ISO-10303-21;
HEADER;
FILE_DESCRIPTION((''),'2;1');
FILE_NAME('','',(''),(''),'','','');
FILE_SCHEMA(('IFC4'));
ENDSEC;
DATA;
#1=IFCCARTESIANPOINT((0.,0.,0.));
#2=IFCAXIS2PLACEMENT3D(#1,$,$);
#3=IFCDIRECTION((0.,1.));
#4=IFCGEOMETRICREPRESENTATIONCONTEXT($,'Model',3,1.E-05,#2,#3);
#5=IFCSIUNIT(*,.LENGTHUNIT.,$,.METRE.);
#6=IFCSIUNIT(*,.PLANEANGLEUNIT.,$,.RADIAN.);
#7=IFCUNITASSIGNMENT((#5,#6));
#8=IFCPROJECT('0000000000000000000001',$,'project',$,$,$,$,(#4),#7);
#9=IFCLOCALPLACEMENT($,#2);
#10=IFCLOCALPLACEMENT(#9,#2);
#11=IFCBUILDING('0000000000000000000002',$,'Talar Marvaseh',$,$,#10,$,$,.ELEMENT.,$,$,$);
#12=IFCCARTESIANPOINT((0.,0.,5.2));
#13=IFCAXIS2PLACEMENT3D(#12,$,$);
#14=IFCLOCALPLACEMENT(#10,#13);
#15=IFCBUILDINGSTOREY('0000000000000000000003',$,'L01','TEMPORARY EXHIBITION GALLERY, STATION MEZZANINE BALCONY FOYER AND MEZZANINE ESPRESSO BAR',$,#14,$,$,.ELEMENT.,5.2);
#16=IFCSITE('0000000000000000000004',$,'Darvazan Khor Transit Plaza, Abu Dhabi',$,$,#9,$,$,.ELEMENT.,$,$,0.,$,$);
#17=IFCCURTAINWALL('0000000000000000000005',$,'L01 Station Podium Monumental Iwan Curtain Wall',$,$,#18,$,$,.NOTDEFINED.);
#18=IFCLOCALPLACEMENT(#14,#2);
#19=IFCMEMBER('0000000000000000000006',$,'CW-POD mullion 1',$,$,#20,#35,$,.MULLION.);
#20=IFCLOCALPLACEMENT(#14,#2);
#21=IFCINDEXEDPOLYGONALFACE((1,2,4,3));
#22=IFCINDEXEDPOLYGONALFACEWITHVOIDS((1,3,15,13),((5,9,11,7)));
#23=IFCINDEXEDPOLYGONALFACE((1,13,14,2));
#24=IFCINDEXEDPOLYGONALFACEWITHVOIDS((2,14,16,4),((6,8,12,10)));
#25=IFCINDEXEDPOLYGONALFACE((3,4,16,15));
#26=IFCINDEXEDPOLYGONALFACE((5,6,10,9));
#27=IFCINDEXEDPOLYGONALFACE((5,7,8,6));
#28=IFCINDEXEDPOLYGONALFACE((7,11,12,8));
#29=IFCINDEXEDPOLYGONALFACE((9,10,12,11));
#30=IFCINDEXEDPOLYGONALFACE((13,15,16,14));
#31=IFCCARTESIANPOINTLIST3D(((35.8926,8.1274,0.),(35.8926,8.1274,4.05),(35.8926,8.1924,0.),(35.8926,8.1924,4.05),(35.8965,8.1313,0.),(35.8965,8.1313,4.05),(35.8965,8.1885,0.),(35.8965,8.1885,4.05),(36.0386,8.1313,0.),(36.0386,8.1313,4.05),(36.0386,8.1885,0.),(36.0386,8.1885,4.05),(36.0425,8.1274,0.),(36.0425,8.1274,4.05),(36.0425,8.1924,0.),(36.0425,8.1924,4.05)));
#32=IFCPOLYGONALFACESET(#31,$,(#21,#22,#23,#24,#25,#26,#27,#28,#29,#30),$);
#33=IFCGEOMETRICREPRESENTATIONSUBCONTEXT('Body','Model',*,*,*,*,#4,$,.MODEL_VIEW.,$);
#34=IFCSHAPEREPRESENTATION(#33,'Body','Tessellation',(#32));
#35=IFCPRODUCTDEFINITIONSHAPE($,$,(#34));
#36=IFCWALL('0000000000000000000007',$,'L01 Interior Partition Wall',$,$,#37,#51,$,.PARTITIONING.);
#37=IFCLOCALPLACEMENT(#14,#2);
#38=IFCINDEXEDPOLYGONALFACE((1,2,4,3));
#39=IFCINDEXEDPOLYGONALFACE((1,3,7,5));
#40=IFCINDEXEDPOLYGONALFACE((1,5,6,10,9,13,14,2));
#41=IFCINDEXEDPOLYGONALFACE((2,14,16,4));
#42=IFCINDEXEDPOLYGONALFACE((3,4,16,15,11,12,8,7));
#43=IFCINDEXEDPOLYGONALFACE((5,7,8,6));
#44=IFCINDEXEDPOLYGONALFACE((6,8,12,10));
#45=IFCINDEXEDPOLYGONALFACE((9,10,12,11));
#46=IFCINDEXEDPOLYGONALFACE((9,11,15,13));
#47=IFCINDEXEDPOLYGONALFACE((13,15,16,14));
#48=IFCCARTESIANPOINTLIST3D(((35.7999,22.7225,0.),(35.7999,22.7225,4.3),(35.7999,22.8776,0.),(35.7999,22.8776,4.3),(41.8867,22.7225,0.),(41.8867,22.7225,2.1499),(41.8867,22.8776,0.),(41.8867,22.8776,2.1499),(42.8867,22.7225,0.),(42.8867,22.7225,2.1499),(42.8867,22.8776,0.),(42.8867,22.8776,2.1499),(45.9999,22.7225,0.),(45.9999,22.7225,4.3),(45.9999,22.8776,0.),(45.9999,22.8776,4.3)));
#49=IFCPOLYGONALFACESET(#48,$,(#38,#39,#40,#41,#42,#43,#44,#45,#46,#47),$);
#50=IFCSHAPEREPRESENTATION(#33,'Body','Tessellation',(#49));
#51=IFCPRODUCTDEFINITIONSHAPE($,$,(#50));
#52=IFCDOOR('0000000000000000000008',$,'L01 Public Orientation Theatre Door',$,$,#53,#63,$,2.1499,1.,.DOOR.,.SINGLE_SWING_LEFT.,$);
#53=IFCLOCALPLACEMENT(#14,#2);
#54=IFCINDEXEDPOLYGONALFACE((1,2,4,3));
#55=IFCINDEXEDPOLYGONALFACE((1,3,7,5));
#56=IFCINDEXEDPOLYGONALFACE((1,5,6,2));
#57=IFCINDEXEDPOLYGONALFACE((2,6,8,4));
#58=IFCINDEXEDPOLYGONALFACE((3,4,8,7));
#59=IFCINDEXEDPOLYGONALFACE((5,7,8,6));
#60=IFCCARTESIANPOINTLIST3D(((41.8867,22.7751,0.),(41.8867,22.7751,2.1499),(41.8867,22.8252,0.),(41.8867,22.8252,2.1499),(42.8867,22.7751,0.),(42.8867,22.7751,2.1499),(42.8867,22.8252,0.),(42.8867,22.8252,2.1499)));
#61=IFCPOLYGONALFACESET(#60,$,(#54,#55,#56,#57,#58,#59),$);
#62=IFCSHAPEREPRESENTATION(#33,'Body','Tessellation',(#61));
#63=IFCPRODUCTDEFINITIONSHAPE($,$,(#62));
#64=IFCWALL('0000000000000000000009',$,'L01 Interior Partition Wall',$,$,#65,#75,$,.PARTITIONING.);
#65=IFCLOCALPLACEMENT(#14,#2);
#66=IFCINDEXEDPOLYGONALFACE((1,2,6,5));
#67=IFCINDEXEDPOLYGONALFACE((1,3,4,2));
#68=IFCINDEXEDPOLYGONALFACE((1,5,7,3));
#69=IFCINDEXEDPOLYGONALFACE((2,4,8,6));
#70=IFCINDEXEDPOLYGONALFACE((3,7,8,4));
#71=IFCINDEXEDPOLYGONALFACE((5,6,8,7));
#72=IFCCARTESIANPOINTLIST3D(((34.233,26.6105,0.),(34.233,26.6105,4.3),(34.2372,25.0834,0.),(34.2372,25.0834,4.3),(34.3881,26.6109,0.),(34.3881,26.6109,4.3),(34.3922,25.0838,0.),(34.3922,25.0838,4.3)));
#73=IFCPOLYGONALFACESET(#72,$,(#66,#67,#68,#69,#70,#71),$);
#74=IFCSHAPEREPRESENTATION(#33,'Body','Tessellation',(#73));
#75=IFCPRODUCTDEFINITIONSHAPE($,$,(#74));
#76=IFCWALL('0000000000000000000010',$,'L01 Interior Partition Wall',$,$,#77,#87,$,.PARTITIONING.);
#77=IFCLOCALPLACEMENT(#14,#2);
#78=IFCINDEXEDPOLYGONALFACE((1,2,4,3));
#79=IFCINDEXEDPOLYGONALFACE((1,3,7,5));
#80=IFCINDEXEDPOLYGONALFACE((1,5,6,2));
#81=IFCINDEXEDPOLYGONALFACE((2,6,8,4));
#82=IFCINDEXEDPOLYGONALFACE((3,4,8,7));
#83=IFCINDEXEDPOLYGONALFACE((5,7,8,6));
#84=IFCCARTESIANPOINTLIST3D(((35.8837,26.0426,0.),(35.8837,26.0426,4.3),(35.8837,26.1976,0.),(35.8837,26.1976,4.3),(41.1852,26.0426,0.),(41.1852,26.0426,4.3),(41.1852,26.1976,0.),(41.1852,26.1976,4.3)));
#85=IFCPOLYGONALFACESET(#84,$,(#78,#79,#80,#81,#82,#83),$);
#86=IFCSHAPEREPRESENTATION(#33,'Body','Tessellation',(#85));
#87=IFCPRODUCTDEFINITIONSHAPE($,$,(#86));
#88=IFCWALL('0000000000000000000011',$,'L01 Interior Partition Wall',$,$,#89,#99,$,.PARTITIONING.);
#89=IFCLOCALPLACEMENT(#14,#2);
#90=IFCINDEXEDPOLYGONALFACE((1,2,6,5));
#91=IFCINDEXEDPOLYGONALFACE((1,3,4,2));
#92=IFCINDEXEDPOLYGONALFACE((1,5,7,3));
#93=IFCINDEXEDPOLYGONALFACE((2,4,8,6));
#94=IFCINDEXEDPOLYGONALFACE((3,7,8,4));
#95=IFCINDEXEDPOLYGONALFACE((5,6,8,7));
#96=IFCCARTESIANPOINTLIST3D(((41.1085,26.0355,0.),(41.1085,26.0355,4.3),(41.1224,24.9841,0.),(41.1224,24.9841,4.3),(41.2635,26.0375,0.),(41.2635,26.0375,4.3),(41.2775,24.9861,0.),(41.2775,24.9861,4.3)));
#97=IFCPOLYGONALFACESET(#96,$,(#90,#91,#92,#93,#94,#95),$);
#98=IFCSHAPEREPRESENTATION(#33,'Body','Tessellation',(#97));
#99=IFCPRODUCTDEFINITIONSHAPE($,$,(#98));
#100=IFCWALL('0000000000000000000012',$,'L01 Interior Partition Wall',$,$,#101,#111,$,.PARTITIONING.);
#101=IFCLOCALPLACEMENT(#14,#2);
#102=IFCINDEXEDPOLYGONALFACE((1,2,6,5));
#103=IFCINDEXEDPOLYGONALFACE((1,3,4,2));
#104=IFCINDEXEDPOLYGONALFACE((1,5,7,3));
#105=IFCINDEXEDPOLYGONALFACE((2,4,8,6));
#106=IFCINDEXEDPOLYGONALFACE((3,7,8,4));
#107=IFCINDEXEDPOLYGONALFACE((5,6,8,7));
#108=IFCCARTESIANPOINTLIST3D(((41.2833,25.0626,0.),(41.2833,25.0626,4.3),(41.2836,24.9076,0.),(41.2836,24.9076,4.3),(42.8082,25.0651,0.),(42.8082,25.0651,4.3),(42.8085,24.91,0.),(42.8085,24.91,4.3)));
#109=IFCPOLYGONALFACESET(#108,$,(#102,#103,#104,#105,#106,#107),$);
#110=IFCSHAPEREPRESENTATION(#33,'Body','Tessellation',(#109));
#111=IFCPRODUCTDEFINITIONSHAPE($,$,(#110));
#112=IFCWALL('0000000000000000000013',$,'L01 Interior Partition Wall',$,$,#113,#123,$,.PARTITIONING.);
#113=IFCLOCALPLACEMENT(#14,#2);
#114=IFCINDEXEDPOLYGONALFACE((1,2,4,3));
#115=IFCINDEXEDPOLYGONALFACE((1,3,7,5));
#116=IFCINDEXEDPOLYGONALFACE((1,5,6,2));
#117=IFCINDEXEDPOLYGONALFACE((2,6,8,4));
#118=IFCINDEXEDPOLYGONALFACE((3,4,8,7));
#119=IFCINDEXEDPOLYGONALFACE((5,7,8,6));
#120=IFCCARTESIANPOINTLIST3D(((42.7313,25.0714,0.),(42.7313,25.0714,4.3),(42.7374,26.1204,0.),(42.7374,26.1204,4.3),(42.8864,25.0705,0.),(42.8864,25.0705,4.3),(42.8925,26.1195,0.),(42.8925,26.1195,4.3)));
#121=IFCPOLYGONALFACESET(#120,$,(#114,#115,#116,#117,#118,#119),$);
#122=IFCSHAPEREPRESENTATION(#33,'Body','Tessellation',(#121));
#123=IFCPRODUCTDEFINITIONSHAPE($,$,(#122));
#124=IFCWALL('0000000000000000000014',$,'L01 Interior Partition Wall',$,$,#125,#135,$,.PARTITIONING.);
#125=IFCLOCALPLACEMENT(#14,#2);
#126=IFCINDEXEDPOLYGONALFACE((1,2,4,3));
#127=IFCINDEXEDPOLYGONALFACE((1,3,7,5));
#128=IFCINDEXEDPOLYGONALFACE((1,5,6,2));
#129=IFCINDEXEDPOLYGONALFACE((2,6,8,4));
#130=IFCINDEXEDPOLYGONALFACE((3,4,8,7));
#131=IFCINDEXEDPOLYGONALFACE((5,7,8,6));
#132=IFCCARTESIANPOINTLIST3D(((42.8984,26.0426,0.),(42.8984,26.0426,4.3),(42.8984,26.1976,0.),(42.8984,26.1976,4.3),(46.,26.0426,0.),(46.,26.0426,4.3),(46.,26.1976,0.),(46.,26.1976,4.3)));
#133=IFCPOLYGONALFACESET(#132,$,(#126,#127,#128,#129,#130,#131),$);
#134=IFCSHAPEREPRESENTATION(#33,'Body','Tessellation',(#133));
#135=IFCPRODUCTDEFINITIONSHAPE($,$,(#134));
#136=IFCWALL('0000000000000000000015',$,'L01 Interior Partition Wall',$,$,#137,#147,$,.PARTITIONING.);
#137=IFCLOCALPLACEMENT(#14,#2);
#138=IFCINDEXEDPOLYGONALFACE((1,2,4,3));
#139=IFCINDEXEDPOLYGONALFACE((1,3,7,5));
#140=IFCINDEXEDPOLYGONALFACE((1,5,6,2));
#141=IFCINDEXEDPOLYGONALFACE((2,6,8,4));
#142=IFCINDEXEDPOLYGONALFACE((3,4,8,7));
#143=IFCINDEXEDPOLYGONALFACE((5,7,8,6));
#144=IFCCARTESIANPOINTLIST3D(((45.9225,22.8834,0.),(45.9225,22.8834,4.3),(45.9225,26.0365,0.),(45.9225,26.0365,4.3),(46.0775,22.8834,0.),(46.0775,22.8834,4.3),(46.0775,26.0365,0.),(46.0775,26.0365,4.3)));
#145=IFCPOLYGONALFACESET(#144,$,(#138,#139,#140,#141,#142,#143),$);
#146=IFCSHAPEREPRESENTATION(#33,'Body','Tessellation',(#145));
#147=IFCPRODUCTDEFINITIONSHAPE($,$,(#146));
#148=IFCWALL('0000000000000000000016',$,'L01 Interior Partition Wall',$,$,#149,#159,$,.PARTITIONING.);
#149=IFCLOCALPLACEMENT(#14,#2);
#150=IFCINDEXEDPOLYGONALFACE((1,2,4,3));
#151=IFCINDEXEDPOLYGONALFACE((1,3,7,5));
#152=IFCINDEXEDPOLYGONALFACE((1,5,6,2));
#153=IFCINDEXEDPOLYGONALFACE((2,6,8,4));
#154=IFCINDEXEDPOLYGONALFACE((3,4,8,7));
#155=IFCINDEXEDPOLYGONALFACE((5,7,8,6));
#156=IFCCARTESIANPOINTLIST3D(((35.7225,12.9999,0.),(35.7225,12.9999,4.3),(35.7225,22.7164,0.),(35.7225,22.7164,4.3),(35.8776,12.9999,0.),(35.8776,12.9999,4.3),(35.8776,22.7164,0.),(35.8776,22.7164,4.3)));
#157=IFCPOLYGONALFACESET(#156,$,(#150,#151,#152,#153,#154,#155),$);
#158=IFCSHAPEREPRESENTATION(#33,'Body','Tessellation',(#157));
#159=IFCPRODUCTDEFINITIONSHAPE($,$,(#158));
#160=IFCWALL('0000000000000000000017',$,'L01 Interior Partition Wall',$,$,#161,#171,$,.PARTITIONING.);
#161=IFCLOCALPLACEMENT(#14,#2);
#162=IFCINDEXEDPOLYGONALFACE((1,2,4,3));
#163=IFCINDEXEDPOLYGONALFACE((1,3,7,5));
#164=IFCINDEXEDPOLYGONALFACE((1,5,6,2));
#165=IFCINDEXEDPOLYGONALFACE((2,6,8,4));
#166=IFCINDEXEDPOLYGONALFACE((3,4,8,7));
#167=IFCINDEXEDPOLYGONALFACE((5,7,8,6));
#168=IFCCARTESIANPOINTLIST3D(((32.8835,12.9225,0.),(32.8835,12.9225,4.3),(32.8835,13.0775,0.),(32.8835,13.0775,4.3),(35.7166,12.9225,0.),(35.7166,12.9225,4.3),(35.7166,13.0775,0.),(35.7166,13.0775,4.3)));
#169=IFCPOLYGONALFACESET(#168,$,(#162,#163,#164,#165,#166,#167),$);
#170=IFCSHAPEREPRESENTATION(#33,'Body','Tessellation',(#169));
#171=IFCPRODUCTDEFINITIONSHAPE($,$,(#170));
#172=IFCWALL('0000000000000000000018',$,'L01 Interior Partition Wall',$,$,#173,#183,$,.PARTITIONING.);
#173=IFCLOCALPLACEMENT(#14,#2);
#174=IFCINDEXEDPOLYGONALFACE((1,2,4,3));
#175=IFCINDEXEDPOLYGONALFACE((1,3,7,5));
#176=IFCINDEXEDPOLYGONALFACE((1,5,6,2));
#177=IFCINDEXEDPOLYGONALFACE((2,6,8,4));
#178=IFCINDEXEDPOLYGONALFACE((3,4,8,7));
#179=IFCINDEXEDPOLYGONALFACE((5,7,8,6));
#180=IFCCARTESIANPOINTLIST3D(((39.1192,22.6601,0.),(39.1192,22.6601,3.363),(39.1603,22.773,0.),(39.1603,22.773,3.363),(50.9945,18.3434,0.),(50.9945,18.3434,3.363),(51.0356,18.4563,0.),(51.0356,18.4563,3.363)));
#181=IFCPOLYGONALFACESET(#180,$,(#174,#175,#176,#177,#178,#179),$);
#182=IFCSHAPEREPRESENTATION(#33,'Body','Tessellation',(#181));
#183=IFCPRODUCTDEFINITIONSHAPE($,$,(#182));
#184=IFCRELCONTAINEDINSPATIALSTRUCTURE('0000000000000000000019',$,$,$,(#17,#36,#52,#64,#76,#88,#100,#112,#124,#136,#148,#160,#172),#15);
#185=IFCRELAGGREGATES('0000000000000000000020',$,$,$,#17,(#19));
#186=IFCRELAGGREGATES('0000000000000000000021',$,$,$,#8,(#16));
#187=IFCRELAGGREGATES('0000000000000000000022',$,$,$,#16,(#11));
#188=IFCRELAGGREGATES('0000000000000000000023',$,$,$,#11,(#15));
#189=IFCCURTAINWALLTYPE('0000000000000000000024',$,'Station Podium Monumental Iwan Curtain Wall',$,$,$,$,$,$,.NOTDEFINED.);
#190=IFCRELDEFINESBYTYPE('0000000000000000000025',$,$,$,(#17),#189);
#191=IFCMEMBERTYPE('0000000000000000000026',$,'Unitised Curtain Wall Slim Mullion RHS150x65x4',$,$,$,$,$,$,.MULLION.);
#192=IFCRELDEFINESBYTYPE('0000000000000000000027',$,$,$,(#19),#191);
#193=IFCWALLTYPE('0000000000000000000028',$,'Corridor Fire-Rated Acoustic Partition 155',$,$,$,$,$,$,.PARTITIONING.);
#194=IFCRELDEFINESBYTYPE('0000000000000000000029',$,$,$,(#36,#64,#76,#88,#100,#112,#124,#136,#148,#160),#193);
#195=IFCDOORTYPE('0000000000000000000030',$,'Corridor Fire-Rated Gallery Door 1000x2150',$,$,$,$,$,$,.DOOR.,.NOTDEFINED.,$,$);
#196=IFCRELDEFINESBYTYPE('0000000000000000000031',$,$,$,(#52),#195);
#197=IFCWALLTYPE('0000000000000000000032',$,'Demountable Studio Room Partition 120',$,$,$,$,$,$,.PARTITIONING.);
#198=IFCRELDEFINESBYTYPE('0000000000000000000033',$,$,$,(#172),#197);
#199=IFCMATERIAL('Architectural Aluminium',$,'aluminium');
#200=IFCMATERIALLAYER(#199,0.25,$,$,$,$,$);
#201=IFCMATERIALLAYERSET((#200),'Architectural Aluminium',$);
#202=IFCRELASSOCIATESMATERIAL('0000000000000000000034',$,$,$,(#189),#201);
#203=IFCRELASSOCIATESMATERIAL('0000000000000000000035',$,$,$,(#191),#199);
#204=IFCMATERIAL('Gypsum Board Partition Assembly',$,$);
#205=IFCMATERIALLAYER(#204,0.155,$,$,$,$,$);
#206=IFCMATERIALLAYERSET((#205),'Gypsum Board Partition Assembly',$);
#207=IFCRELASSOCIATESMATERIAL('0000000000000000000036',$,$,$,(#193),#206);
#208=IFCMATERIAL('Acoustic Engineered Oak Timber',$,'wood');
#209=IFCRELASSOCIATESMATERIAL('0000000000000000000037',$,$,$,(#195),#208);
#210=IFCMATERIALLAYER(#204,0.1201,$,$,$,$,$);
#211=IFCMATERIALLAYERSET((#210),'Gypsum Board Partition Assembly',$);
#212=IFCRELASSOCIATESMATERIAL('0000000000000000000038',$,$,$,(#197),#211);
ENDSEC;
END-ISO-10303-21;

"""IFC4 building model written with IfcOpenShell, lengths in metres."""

from ifc_helpers import new_model, si_unit, direction, frame, frame_2d, origin, origin_2d, place, context, subcontext, project, spatial, rectangle, hollow_rectangle, extrude, source, transform, mapped, material, layer, layer_set, material_profile, profile_set, type_object, type_shapes, element, fill, aggregate, save


model = new_model("IFC4")

# Units and contexts
model_context = context("Model", 3, precision=1e-05, world=origin(), true_north=direction((0.0, 1.0)))
body_context = subcontext(model_context, "Body", "Model", "MODEL_VIEW")
ifc_project = project(units=[si_unit("LENGTHUNIT", "METRE"), si_unit("PLANEANGLEUNIT", "RADIAN")], contexts=[model_context])

# Site, building, storey
site_placement = place(None, origin())
site = spatial("IfcSite", under=ifc_project, at=site_placement, Name="Darvazan Khor Transit Plaza, Abu Dhabi", CompositionType="ELEMENT", RefElevation=0.0)
building_placement = place(site_placement, origin())
building = spatial("IfcBuilding", under=site, at=building_placement, Name="Talar Marvaseh", CompositionType="ELEMENT")
storey_placement = place(building_placement, frame((0.0, 0.0, 5.2)))
storey = spatial("IfcBuildingStorey", under=building, at=storey_placement, Name="L01", Description="TEMPORARY EXHIBITION GALLERY, STATION MEZZANINE BALCONY FOYER AND MEZZANINE ESPRESSO BAR", CompositionType="ELEMENT", Elevation=5.2)

# Curtain wall, member
ifc_material_1 = material(Name="Architectural Aluminium", Category="aluminium")
ifc_layer_1 = layer(ifc_material_1, 0.25)
ifc_layer_set_1 = layer_set([ifc_layer_1], Name="Architectural Aluminium")
curtain_wall_type = type_object("IfcCurtainWallType", Name="Station Podium Monumental Iwan Curtain Wall", PredefinedType="NOTDEFINED", material=ifc_layer_set_1)
curtain_wall_placement = place(storey_placement, origin())
curtain_wall = element("IfcCurtainWall", 1, at=curtain_wall_placement, inside=storey, type_object=curtain_wall_type, Name="L01 Station Podium Monumental Iwan Curtain Wall", PredefinedType="NOTDEFINED")
ifc_material_profile_1 = material_profile(ifc_material_1, hollow_rectangle(XDim=0.0649, YDim=0.1499, WallThickness=0.0039, at=origin_2d()), Name="RHS150x65x4")
ifc_profile_set_1 = profile_set([ifc_material_profile_1], Name="Architectural Aluminium")
member_type_1 = type_object("IfcMemberType", Name="Unitised Curtain Wall Slim Mullion RHS150x65x4", PredefinedType="MULLION", material=ifc_profile_set_1)
shared_shape_1 = source(origin(), body_context, "Body", "SweptSolid", [
    extrude(hollow_rectangle(XDim=0.0649, YDim=0.1499, WallThickness=0.0039, at=origin_2d()), origin(), (0.0, 0.0, 1.0), 4.05),
])
type_shapes(member_type_1, [shared_shape_1])
member_1_placement = place(storey_placement, frame((35.9675, 8.1599, 0.0), z_axis=(0.0, 0.0, 1.0), x_axis=(0.0, -1.0, 0.0)))
member_1 = element("IfcMember", 2, at=member_1_placement, type_object=member_type_1, Name="CW-POD mullion 1", PredefinedType="MULLION", context=body_context, shape_type="MappedRepresentation", body=[
    mapped(shared_shape_1, transform((0.0, 0.0, 0.0), x_axis=(1.0, 0.0, 0.0), y_axis=(0.0, 1.0, 0.0), z_axis=(0.0, 0.0, 1.0), scale=1.0)),
])
aggregate(curtain_wall, [member_1])

# Wall, opening, door
ifc_material_2 = material(Name="Gypsum Board Partition Assembly")
ifc_layer_2 = layer(ifc_material_2, 0.155)
ifc_layer_set_2 = layer_set([ifc_layer_2], Name="Gypsum Board Partition Assembly")
wall_type_1 = type_object("IfcWallType", Name="Corridor Fire-Rated Acoustic Partition 155", PredefinedType="PARTITIONING", material=ifc_layer_set_2)
wall_1_placement = place(storey_placement, frame((46.0, 22.8, 0.0), z_axis=(0.0, 0.0, 1.0), x_axis=(-1.0, 0.0, 0.0)))
wall_1 = element("IfcWall", 3, at=wall_1_placement, inside=storey, type_object=wall_type_1, Name="L01 Interior Partition Wall", PredefinedType="PARTITIONING", context=body_context, shape_type="SweptSolid", body=[
    extrude(rectangle(XDim=10.2, YDim=0.155, at=frame_2d((5.1001, 0.0))), origin(), (0.0, 0.0, 1.0), 4.3),
])
opening_placement = place(wall_1_placement, frame((3.1133, 0.0, 0.0)))
opening = element("IfcOpeningElement", 4, at=opening_placement, cuts=wall_1, PredefinedType="OPENING", context=body_context, shape_type="SweptSolid", body=[
    extrude(rectangle(XDim=1.0, YDim=2.1499, at=frame_2d((0.5, 1.075))), frame((0.0, 0.0874, 0.0), z_axis=(0.0, -1.0, 0.0), x_axis=(1.0, 0.0, 0.0)), (0.0, 0.0, 1.0), 0.175),
])
ifc_material_3 = material(Name="Acoustic Engineered Oak Timber", Category="wood")
door_type = type_object("IfcDoorType", Name="Corridor Fire-Rated Gallery Door 1000x2150", OperationType="NOTDEFINED", PredefinedType="DOOR", material=ifc_material_3)
shared_shape_2 = source(origin(), body_context, "Body", "SweptSolid", [
    extrude(rectangle(XDim=1.0, YDim=2.1499, at=frame_2d((0.5, 1.075))), frame((0.0, 0.0249, 0.0), z_axis=(0.0, -1.0, 0.0), x_axis=(1.0, 0.0, 0.0)), (0.0, 0.0, 1.0), 0.05),
])
type_shapes(door_type, [shared_shape_2])
door_placement = place(opening_placement, origin())
door = element("IfcDoor", 5, at=door_placement, inside=storey, type_object=door_type, Name="L01 Public Orientation Theatre Door", OperationType="SINGLE_SWING_LEFT", OverallHeight=2.1499, OverallWidth=1.0, PredefinedType="DOOR", context=body_context, shape_type="MappedRepresentation", body=[
    mapped(shared_shape_2, transform((0.0, 0.0, 0.0), x_axis=(1.0, 0.0, 0.0), y_axis=(0.0, 1.0, 0.0), z_axis=(0.0, 0.0, 1.0), scale=1.0)),
])
fill(opening, door)

# Walls
wall_2_placement = place(storey_placement, frame((34.3147, 25.0835, 0.0), z_axis=(0.0, 0.0, 1.0), x_axis=(-0.002718, 0.999996, 0.0)))
element("IfcWall", 6, at=wall_2_placement, inside=storey, type_object=wall_type_1, Name="L01 Interior Partition Wall", PredefinedType="PARTITIONING", context=body_context, shape_type="SweptSolid", body=[
    extrude(rectangle(XDim=1.5271, YDim=0.155, at=frame_2d((0.7637, 0.0))), origin(), (0.0, 0.0, 1.0), 4.3),
])
wall_3_placement = place(storey_placement, frame((35.8835, 26.1201, 0.0), z_axis=(0.0, 0.0, 1.0), x_axis=(1.0, 0.0, 0.0)))
element("IfcWall", 7, at=wall_3_placement, inside=storey, type_object=wall_type_1, Name="L01 Interior Partition Wall", PredefinedType="PARTITIONING", context=body_context, shape_type="SweptSolid", body=[
    extrude(rectangle(XDim=5.3015, YDim=0.155, at=frame_2d((2.6509, 0.0))), origin(), (0.0, 0.0, 1.0), 4.3),
])
wall_4_placement = place(storey_placement, frame((41.186, 26.0366, 0.0), z_axis=(0.0, 0.0, 1.0), x_axis=(0.013233, -0.999912, 0.0)))
element("IfcWall", 8, at=wall_4_placement, inside=storey, type_object=wall_type_1, Name="L01 Interior Partition Wall", PredefinedType="PARTITIONING", context=body_context, shape_type="SweptSolid", body=[
    extrude(rectangle(XDim=1.0515, YDim=0.155, at=frame_2d((0.5259, 0.0))), origin(), (0.0, 0.0, 1.0), 4.3),
])
wall_5_placement = place(storey_placement, frame((41.2834, 24.9851, 0.0), z_axis=(0.0, 0.0, 1.0), x_axis=(0.999999, 0.001601, 0.0)))
element("IfcWall", 9, at=wall_5_placement, inside=storey, type_object=wall_type_1, Name="L01 Interior Partition Wall", PredefinedType="PARTITIONING", context=body_context, shape_type="SweptSolid", body=[
    extrude(rectangle(XDim=1.5249, YDim=0.155, at=frame_2d((0.7625, 0.0))), origin(), (0.0, 0.0, 1.0), 4.3),
])
wall_6_placement = place(storey_placement, frame((42.8088, 25.071, 0.0), z_axis=(0.0, 0.0, 1.0), x_axis=(0.005818, 0.999983, 0.0)))
element("IfcWall", 10, at=wall_6_placement, inside=storey, type_object=wall_type_1, Name="L01 Interior Partition Wall", PredefinedType="PARTITIONING", context=body_context, shape_type="SweptSolid", body=[
    extrude(rectangle(XDim=1.0491, YDim=0.155, at=frame_2d((0.5244, 0.0))), origin(), (0.0, 0.0, 1.0), 4.3),
])
wall_7_placement = place(storey_placement, frame((42.8984, 26.1201, 0.0), z_axis=(0.0, 0.0, 1.0), x_axis=(1.0, 0.0, 0.0)))
element("IfcWall", 11, at=wall_7_placement, inside=storey, type_object=wall_type_1, Name="L01 Interior Partition Wall", PredefinedType="PARTITIONING", context=body_context, shape_type="SweptSolid", body=[
    extrude(rectangle(XDim=3.1016, YDim=0.155, at=frame_2d((1.5508, 0.0))), origin(), (0.0, 0.0, 1.0), 4.3),
])
wall_8_placement = place(storey_placement, frame((46.0, 26.0366, 0.0), z_axis=(0.0, 0.0, 1.0), x_axis=(0.0, -1.0, 0.0)))
element("IfcWall", 12, at=wall_8_placement, inside=storey, type_object=wall_type_1, Name="L01 Interior Partition Wall", PredefinedType="PARTITIONING", context=body_context, shape_type="SweptSolid", body=[
    extrude(rectangle(XDim=3.1531, YDim=0.155, at=frame_2d((1.5767, 0.0))), origin(), (0.0, 0.0, 1.0), 4.3),
])
wall_9_placement = place(storey_placement, frame((35.8, 22.7166, 0.0), z_axis=(0.0, 0.0, 1.0), x_axis=(0.0, -1.0, 0.0)))
element("IfcWall", 13, at=wall_9_placement, inside=storey, type_object=wall_type_1, Name="L01 Interior Partition Wall", PredefinedType="PARTITIONING", context=body_context, shape_type="SweptSolid", body=[
    extrude(rectangle(XDim=9.7166, YDim=0.155, at=frame_2d((4.8584, 0.0))), origin(), (0.0, 0.0, 1.0), 4.3),
])
wall_10_placement = place(storey_placement, frame((35.7166, 13.0, 0.0), z_axis=(0.0, 0.0, 1.0), x_axis=(-1.0, 0.0, 0.0)))
element("IfcWall", 14, at=wall_10_placement, inside=storey, type_object=wall_type_1, Name="L01 Interior Partition Wall", PredefinedType="PARTITIONING", context=body_context, shape_type="SweptSolid", body=[
    extrude(rectangle(XDim=2.833, YDim=0.155, at=frame_2d((1.4165, 0.0))), origin(), (0.0, 0.0, 1.0), 4.3),
])
ifc_layer_3 = layer(ifc_material_2, 0.1201)
ifc_layer_set_3 = layer_set([ifc_layer_3], Name="Gypsum Board Partition Assembly")
wall_type_2 = type_object("IfcWallType", Name="Demountable Studio Room Partition 120", PredefinedType="PARTITIONING", material=ifc_layer_set_3)
wall_11_placement = place(storey_placement, frame((39.1396, 22.7166, 0.0), z_axis=(0.0, 0.0, 1.0), x_axis=(0.939835, -0.34163, 0.0)))
element("IfcWall", 15, at=wall_11_placement, inside=storey, type_object=wall_type_2, Name="L01 Interior Partition Wall", PredefinedType="PARTITIONING", context=body_context, shape_type="SweptSolid", body=[
    extrude(rectangle(XDim=12.6355, YDim=0.1201, at=frame_2d((6.3179, 0.0))), origin(), (0.0, 0.0, 1.0), 3.363),
])

save(model, "model.ifc")
